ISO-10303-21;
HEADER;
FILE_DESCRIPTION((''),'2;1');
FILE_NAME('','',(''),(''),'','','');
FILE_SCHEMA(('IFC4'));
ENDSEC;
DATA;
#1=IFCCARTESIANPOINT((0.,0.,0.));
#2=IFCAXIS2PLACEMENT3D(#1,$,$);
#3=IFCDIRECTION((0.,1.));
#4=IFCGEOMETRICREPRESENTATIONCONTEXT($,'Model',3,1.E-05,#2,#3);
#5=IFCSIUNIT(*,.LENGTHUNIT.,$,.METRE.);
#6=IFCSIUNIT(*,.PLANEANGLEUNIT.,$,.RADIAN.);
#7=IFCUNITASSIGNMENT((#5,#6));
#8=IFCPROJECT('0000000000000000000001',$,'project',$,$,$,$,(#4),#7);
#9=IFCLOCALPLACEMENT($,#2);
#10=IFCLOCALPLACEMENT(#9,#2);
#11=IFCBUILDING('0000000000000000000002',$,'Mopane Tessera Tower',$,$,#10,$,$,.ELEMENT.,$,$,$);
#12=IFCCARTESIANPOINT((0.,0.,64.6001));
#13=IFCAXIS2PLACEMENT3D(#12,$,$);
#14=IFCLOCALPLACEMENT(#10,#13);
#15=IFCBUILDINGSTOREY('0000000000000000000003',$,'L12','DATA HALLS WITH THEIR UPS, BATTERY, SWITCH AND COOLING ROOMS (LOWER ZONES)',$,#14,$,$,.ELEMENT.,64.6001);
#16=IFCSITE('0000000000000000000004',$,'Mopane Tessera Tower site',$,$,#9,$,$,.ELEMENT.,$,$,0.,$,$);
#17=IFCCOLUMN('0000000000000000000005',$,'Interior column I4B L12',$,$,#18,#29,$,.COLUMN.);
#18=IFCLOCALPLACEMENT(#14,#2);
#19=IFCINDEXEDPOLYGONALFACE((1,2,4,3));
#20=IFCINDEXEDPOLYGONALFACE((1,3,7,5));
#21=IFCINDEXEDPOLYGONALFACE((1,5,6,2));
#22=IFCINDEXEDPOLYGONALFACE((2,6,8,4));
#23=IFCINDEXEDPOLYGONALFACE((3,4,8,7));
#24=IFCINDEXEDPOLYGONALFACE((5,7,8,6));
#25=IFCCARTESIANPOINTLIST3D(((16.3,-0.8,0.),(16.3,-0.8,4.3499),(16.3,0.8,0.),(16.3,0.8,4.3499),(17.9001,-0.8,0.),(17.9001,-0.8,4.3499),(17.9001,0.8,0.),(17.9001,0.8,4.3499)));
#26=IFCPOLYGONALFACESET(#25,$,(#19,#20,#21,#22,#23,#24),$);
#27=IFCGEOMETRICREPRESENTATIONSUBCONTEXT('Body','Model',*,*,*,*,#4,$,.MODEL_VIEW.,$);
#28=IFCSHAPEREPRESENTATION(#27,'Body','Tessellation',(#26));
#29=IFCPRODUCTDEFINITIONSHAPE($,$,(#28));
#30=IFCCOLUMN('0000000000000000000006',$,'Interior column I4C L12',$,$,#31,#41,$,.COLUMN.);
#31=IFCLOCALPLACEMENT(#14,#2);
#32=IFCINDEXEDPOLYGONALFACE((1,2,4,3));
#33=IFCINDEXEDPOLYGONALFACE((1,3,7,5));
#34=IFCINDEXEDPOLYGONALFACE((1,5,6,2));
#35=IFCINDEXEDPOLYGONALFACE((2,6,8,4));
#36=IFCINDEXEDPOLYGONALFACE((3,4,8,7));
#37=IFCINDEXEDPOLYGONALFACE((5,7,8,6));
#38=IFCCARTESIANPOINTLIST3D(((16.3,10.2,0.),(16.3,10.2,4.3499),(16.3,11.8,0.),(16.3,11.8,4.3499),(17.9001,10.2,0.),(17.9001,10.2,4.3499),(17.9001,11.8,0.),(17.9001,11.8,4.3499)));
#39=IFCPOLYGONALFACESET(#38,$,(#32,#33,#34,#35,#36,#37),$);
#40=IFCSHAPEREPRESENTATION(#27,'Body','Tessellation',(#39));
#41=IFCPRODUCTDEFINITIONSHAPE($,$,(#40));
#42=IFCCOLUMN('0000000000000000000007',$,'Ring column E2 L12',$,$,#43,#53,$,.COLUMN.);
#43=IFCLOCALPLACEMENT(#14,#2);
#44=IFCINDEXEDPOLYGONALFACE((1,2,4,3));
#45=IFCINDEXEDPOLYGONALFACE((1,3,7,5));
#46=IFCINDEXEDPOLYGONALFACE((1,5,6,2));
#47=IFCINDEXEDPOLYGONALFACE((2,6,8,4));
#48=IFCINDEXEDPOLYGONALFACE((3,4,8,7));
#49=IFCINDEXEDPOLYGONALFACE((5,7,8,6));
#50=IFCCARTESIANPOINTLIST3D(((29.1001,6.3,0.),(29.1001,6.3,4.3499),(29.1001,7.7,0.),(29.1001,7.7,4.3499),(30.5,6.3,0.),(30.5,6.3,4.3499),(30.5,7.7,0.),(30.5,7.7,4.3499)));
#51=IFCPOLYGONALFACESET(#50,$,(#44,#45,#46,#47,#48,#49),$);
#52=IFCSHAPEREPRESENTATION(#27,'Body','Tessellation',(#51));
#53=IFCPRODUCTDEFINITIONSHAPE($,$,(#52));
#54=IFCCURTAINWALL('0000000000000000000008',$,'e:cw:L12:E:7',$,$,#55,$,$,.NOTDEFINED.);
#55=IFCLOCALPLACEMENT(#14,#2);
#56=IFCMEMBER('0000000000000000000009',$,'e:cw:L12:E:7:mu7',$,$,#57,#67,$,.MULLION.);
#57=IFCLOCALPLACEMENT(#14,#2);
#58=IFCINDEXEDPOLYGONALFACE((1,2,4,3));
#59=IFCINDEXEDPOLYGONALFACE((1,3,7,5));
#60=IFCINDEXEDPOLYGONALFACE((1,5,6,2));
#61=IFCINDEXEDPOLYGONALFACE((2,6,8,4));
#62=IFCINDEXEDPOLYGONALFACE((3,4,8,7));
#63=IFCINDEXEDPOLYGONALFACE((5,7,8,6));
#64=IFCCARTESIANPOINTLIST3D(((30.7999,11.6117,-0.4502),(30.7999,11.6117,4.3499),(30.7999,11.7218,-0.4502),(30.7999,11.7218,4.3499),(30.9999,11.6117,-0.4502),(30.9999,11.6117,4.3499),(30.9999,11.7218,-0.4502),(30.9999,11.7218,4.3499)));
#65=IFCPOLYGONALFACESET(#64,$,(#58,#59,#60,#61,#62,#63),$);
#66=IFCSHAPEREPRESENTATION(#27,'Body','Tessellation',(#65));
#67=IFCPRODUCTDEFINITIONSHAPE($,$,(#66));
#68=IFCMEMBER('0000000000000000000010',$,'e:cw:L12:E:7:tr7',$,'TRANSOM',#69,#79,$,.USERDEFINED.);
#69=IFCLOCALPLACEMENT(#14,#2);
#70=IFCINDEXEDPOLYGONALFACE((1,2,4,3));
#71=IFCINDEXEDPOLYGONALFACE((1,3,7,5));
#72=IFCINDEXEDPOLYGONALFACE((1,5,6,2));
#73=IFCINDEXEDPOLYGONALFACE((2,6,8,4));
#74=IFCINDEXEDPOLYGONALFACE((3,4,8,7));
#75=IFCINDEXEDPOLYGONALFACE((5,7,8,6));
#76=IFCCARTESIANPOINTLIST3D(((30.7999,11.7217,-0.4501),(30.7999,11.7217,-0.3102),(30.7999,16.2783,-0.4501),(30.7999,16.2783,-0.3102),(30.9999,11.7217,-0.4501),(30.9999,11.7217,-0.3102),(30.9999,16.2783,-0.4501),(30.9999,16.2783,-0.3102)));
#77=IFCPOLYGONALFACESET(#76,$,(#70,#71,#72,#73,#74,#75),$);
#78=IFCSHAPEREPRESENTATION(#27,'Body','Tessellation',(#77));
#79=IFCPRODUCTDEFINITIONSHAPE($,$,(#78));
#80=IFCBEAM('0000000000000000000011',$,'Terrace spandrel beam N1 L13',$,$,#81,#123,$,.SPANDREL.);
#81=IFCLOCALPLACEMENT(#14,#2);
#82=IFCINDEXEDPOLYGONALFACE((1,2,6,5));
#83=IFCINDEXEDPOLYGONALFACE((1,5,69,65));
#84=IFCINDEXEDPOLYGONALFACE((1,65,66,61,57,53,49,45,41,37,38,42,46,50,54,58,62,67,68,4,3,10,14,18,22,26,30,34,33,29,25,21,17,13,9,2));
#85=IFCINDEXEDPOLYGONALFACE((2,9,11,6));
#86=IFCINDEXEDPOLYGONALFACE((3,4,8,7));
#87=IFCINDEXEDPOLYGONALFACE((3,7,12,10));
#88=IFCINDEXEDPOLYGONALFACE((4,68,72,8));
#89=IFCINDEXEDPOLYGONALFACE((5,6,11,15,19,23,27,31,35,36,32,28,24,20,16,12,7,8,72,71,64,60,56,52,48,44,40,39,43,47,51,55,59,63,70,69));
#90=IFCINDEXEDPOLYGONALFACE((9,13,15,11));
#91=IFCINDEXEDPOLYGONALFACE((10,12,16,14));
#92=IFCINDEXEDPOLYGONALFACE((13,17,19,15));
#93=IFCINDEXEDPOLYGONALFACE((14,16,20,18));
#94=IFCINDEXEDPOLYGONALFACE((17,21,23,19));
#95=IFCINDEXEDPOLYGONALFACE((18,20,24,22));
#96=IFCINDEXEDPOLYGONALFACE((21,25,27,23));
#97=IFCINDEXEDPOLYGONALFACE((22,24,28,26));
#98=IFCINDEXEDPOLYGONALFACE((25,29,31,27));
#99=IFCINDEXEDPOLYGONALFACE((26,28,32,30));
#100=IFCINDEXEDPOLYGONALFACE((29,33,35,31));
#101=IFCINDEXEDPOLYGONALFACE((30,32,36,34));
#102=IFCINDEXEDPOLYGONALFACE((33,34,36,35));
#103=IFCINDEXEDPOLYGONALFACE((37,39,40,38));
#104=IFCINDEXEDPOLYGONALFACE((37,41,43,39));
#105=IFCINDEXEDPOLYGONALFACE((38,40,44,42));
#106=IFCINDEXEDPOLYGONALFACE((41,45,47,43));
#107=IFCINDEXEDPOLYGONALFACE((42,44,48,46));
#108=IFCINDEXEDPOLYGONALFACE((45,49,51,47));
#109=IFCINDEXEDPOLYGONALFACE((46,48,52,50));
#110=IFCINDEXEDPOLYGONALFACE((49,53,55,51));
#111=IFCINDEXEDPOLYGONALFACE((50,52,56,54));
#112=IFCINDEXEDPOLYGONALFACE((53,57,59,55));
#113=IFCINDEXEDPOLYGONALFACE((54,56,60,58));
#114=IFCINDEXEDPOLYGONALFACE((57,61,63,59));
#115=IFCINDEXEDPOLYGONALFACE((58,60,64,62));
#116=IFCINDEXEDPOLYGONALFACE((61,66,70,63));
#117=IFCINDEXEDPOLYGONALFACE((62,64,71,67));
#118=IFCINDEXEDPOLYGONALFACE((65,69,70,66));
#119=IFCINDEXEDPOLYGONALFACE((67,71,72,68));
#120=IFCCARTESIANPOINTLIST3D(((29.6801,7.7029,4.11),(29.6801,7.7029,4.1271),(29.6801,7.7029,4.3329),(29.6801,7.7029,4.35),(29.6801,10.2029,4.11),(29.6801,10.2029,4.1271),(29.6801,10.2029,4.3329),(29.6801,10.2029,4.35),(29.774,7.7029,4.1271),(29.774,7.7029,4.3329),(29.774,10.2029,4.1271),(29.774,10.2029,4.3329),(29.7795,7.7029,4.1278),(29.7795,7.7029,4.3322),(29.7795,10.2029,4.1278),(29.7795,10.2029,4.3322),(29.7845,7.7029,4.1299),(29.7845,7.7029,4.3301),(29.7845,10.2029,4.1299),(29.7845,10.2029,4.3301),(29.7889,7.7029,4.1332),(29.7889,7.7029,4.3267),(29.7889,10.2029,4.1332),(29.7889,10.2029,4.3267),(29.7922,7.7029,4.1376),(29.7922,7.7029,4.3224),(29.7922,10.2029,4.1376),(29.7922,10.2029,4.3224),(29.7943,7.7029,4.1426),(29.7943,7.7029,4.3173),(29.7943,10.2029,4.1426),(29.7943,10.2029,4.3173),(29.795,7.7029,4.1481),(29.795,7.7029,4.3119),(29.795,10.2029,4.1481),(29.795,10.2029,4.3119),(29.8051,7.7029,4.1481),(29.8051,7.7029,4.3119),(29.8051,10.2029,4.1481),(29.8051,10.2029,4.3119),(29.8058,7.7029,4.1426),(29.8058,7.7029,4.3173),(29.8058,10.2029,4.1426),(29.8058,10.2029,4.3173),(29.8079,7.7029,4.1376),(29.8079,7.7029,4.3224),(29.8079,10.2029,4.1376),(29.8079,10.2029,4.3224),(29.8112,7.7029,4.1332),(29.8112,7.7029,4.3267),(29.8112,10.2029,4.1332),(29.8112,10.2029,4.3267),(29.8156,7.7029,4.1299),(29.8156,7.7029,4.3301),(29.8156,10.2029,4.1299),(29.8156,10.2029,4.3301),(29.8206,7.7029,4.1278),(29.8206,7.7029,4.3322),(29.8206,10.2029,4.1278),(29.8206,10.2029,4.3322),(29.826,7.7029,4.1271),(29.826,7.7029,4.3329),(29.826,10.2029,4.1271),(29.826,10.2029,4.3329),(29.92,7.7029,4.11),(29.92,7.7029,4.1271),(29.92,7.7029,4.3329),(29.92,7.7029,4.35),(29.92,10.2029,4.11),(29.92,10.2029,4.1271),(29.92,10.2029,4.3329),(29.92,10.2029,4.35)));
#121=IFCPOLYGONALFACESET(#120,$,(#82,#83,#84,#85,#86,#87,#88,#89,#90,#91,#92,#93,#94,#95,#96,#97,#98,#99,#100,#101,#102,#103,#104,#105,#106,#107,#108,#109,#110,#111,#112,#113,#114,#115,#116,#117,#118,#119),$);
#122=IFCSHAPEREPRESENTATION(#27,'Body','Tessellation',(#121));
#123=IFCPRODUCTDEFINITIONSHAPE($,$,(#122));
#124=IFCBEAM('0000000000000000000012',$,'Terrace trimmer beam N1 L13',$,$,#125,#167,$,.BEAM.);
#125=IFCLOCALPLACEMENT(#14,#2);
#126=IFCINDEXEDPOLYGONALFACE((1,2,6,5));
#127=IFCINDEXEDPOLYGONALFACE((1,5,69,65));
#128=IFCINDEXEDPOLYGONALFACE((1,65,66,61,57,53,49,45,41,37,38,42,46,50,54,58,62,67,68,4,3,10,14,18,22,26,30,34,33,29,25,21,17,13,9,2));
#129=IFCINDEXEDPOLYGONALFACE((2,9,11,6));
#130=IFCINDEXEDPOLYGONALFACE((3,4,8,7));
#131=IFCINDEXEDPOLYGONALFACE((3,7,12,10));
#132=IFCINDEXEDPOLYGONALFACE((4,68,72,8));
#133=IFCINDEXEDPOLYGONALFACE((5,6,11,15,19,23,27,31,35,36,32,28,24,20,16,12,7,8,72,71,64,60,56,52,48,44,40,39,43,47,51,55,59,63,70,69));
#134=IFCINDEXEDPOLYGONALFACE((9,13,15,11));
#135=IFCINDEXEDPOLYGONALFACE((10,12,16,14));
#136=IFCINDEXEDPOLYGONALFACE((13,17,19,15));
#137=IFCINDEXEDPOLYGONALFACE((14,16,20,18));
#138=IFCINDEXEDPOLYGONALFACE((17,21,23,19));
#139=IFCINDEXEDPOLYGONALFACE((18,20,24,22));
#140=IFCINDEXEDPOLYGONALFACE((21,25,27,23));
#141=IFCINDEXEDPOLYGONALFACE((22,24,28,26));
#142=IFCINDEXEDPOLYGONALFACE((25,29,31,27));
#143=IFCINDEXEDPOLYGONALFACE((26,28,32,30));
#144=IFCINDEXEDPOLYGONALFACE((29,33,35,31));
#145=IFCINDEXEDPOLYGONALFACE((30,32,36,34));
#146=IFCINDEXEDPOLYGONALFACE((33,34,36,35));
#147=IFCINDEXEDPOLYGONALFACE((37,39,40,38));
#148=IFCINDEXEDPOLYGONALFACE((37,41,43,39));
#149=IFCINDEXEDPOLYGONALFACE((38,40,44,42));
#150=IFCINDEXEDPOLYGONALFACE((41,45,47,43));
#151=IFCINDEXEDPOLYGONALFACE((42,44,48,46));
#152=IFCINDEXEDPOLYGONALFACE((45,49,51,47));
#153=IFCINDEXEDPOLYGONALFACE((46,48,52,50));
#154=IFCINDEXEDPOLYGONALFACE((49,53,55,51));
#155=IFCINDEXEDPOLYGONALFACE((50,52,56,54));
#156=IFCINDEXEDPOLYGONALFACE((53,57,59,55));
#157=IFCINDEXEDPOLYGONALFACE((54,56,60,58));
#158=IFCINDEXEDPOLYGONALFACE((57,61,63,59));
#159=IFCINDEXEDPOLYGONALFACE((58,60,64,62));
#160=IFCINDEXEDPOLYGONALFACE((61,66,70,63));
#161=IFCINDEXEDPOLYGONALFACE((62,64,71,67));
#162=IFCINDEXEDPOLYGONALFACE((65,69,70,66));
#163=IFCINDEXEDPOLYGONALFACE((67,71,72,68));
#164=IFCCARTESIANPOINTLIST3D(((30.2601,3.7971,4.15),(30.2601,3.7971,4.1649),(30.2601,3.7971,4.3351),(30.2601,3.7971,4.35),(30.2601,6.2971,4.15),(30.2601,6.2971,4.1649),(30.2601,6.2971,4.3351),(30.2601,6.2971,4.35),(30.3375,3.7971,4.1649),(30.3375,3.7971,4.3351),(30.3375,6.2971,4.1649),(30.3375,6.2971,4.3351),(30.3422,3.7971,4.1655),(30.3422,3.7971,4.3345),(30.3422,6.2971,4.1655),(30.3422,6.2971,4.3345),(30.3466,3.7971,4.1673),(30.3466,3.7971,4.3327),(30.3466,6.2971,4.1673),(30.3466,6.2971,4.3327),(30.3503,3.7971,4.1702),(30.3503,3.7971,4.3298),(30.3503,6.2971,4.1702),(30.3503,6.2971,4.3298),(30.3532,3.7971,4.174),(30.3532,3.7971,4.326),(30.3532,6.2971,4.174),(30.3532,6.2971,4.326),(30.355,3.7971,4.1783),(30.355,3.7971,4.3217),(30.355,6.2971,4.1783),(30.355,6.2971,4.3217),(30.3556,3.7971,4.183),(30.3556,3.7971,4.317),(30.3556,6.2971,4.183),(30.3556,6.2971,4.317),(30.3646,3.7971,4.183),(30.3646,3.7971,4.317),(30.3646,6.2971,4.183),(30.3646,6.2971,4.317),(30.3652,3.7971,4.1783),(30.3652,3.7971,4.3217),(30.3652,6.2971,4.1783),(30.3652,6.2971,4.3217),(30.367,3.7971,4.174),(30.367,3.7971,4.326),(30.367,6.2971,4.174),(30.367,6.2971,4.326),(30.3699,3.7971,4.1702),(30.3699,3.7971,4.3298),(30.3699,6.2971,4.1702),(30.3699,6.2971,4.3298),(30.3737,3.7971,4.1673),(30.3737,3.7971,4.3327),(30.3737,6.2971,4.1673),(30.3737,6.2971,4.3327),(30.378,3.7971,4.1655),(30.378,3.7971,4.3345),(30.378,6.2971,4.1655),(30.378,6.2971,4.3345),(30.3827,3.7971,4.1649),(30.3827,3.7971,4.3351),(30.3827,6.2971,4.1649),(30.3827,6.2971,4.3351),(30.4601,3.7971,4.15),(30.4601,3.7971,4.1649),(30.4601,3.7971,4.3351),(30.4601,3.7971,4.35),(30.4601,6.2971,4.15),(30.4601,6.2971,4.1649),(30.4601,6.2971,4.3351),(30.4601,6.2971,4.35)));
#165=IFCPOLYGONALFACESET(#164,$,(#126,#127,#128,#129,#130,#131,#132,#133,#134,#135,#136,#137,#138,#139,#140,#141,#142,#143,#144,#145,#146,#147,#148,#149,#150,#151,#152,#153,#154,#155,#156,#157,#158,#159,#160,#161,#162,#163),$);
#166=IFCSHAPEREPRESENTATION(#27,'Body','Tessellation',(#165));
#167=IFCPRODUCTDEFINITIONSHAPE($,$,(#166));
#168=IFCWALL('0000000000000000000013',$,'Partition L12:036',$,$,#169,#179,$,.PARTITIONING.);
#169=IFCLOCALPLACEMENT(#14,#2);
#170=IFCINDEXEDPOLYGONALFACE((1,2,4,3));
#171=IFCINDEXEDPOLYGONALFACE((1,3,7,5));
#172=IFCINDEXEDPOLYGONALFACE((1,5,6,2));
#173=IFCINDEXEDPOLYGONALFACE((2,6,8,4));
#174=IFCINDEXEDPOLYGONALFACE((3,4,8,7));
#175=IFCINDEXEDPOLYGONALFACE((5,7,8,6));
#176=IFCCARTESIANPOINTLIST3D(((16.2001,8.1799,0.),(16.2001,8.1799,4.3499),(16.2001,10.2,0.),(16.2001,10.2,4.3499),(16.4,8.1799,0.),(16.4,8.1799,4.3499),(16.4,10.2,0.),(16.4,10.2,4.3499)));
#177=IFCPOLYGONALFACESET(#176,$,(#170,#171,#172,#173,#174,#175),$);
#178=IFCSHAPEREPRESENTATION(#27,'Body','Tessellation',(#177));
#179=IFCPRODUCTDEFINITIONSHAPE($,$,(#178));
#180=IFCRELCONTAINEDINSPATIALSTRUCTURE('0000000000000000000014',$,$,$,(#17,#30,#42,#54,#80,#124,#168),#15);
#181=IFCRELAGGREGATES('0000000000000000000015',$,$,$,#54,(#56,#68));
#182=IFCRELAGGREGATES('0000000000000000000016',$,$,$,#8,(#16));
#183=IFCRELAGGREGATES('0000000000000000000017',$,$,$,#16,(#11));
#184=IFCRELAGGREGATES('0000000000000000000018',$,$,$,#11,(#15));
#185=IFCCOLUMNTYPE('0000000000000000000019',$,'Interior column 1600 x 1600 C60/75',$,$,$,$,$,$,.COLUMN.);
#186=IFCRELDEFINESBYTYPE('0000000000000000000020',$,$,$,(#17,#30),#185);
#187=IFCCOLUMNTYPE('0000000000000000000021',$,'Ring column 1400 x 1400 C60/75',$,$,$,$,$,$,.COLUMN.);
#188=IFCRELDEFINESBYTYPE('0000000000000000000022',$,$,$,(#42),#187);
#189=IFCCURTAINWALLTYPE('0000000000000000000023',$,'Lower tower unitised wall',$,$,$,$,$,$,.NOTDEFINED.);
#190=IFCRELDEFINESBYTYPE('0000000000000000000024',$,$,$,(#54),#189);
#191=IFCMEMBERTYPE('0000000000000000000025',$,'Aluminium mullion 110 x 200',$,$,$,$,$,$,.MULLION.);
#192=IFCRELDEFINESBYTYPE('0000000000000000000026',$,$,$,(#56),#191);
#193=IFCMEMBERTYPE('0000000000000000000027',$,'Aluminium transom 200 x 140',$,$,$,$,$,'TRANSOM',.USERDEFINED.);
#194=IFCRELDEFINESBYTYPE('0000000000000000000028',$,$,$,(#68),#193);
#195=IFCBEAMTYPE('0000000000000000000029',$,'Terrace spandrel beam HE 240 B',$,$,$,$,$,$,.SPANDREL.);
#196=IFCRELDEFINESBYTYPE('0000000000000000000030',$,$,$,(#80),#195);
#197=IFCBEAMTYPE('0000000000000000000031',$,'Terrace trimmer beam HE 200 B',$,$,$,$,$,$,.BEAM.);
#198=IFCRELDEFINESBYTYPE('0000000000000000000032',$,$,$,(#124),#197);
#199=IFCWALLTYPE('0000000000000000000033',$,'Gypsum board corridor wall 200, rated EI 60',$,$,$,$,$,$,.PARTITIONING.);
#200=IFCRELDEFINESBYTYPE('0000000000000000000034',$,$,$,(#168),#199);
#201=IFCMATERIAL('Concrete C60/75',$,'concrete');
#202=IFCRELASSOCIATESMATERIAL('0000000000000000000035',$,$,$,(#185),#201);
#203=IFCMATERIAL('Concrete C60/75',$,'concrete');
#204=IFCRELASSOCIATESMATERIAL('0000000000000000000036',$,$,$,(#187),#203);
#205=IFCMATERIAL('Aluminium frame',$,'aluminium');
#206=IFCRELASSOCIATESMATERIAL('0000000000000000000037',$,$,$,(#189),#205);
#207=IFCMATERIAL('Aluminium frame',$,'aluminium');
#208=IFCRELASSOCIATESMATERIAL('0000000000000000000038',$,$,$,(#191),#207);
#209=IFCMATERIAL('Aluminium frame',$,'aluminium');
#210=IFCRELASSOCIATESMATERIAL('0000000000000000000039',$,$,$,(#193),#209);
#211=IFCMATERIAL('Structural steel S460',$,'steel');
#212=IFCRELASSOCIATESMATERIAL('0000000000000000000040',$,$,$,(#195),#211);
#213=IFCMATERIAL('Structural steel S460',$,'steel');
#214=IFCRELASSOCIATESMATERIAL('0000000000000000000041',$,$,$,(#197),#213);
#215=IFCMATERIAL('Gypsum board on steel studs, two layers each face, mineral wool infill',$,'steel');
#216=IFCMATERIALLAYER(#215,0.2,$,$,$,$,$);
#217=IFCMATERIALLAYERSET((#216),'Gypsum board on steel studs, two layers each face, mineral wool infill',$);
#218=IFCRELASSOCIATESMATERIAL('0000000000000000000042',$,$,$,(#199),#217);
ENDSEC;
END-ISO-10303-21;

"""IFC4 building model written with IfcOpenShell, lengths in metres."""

from ifc_helpers import new_model, si_unit, direction, frame, frame_2d, origin, origin_2d, place, context, subcontext, project, spatial, rectangle, i_section, extrude, material, layer, layer_set, material_profile, profile_set, type_object, element, aggregate, save


model = new_model("IFC4")

# Units and contexts
model_context = context("Model", 3, precision=1e-05, world=origin(), true_north=direction((0.0, 1.0)))
body_context = subcontext(model_context, "Body", "Model", "MODEL_VIEW")
ifc_project = project(units=[si_unit("LENGTHUNIT", "METRE"), si_unit("PLANEANGLEUNIT", "RADIAN")], contexts=[model_context])

# Site, building, storey
site_placement = place(None, origin())
site = spatial("IfcSite", under=ifc_project, at=site_placement, Name="Mopane Tessera Tower site", CompositionType="ELEMENT", RefElevation=0.0)
building_placement = place(site_placement, origin())
building = spatial("IfcBuilding", under=site, at=building_placement, Name="Mopane Tessera Tower", CompositionType="ELEMENT")
storey_placement = place(building_placement, frame((0.0, 0.0, 64.6001)))
storey = spatial("IfcBuildingStorey", under=building, at=storey_placement, Name="L12", Description="DATA HALLS WITH THEIR UPS, BATTERY, SWITCH AND COOLING ROOMS (LOWER ZONES)", CompositionType="ELEMENT", Elevation=64.6001)

# Columns
ifc_material_1 = material(Name="Concrete C60/75", Category="concrete")
ifc_material_profile_1 = material_profile(ifc_material_1, rectangle(XDim=1.6001, YDim=1.6001, at=origin_2d()))
ifc_profile_set_1 = profile_set([ifc_material_profile_1], Name="Concrete C60/75")
column_type_1 = type_object("IfcColumnType", Name="Interior column 1600 x 1600 C60/75", PredefinedType="COLUMN", material=ifc_profile_set_1)
for number, where, z_axis, x_axis, name in (
    (1, (17.1001, 0.0, 0.0), (0.0, 0.0, 1.0), (1.0, 0.0, 0.0), "Interior column I4B L12"),
    (2, (17.1001, 11.0, 0.0), (0.0, 0.0, 1.0), (1.0, 0.0, 0.0), "Interior column I4C L12"),
):
    element("IfcColumn", number, at=place(storey_placement, frame(where, z_axis=z_axis, x_axis=x_axis)), inside=storey, type_object=column_type_1, Name=name, PredefinedType="COLUMN", context=body_context, shape_type="SweptSolid", body=[
        extrude(rectangle(XDim=1.6001, YDim=1.6001, at=origin_2d()), origin(), (0.0, 0.0, 1.0), 4.3499),
    ])
ifc_material_2 = material(Name="Concrete C60/75", Category="concrete")
ifc_material_profile_2 = material_profile(ifc_material_2, rectangle(XDim=1.3999, YDim=1.3999, at=origin_2d()))
ifc_profile_set_2 = profile_set([ifc_material_profile_2], Name="Concrete C60/75")
column_type_2 = type_object("IfcColumnType", Name="Ring column 1400 x 1400 C60/75", PredefinedType="COLUMN", material=ifc_profile_set_2)
column_placement = place(storey_placement, frame((29.8, 7.0, 0.0), z_axis=(0.0, 0.0, 1.0), x_axis=(1.0, 0.0, 0.0)))
element("IfcColumn", 3, at=column_placement, inside=storey, type_object=column_type_2, Name="Ring column E2 L12", PredefinedType="COLUMN", context=body_context, shape_type="SweptSolid", body=[
    extrude(rectangle(XDim=1.3999, YDim=1.3999, at=origin_2d()), origin(), (0.0, 0.0, 1.0), 4.3499),
])

# Curtain wall, members
ifc_material_3 = material(Name="Aluminium frame", Category="aluminium")
curtain_wall_type = type_object("IfcCurtainWallType", Name="Lower tower unitised wall", PredefinedType="NOTDEFINED", material=ifc_material_3)
curtain_wall_placement = place(storey_placement, origin())
curtain_wall = element("IfcCurtainWall", 4, at=curtain_wall_placement, inside=storey, type_object=curtain_wall_type, Name="e:cw:L12:E:7", PredefinedType="NOTDEFINED")
ifc_material_4 = material(Name="Aluminium frame", Category="aluminium")
ifc_material_profile_3 = material_profile(ifc_material_4, rectangle(XDim=0.1101, YDim=0.2, at=origin_2d()))
ifc_profile_set_3 = profile_set([ifc_material_profile_3], Name="Aluminium frame")
member_type_1 = type_object("IfcMemberType", Name="Aluminium mullion 110 x 200", PredefinedType="MULLION", material=ifc_profile_set_3)
member_1_placement = place(storey_placement, frame((30.8999, 11.6667, -0.4502), z_axis=(0.0, 0.0, 1.0), x_axis=(0.0, 1.0, 0.0)))
member_1 = element("IfcMember", 5, at=member_1_placement, type_object=member_type_1, Name="e:cw:L12:E:7:mu7", PredefinedType="MULLION", context=body_context, shape_type="SweptSolid", body=[
    extrude(rectangle(XDim=0.1101, YDim=0.2, at=origin_2d()), origin(), (0.0, 0.0, 1.0), 4.8),
])
ifc_material_5 = material(Name="Aluminium frame", Category="aluminium")
ifc_material_profile_4 = material_profile(ifc_material_5, rectangle(XDim=0.2, YDim=0.1399, at=origin_2d()))
ifc_profile_set_4 = profile_set([ifc_material_profile_4], Name="Aluminium frame")
member_type_2 = type_object("IfcMemberType", Name="Aluminium transom 200 x 140", ElementType="TRANSOM", PredefinedType="USERDEFINED", material=ifc_profile_set_4)
member_2_placement = place(storey_placement, frame((30.8999, 11.7217, -0.3801), z_axis=(0.0, 1.0, 0.0), x_axis=(-1.0, 0.0, 0.0)))
member_2 = element("IfcMember", 6, at=member_2_placement, type_object=member_type_2, Name="e:cw:L12:E:7:tr7", ObjectType="TRANSOM", PredefinedType="USERDEFINED", context=body_context, shape_type="SweptSolid", body=[
    extrude(rectangle(XDim=0.2, YDim=0.1399, at=origin_2d()), origin(), (0.0, 0.0, 1.0), 4.5566),
])
aggregate(curtain_wall, [member_1, member_2])

# Beams
ifc_material_6 = material(Name="Structural steel S460", Category="steel")
ifc_material_profile_5 = material_profile(ifc_material_6, i_section(OverallWidth=0.24, OverallDepth=0.24, WebThickness=0.01, FlangeThickness=0.0171, FilletRadius=0.021, at=origin_2d()))
ifc_profile_set_5 = profile_set([ifc_material_profile_5], Name="Structural steel S460")
beam_type_1 = type_object("IfcBeamType", Name="Terrace spandrel beam HE 240 B", PredefinedType="SPANDREL", material=ifc_profile_set_5)
beam_1_placement = place(storey_placement, frame((29.8, 7.7029, 4.23), z_axis=(0.0, 1.0, 0.0), x_axis=(-1.0, 0.0, 0.0)))
element("IfcBeam", 7, at=beam_1_placement, inside=storey, type_object=beam_type_1, Name="Terrace spandrel beam N1 L13", PredefinedType="SPANDREL", context=body_context, shape_type="SweptSolid", body=[
    extrude(i_section(OverallWidth=0.24, OverallDepth=0.24, WebThickness=0.01, FlangeThickness=0.0171, FilletRadius=0.021, at=origin_2d()), origin(), (0.0, 0.0, 1.0), 2.5),
])
ifc_material_7 = material(Name="Structural steel S460", Category="steel")
ifc_material_profile_6 = material_profile(ifc_material_7, i_section(OverallWidth=0.2, OverallDepth=0.2, WebThickness=0.009, FlangeThickness=0.0149, FilletRadius=0.0181, at=origin_2d()))
ifc_profile_set_6 = profile_set([ifc_material_profile_6], Name="Structural steel S460")
beam_type_2 = type_object("IfcBeamType", Name="Terrace trimmer beam HE 200 B", PredefinedType="BEAM", material=ifc_profile_set_6)
beam_2_placement = place(storey_placement, frame((30.3601, 6.2971, 4.25), z_axis=(0.0, -1.0, 0.0), x_axis=(1.0, 0.0, 0.0)))
element("IfcBeam", 8, at=beam_2_placement, inside=storey, type_object=beam_type_2, Name="Terrace trimmer beam N1 L13", PredefinedType="BEAM", context=body_context, shape_type="SweptSolid", body=[
    extrude(i_section(OverallWidth=0.2, OverallDepth=0.2, WebThickness=0.009, FlangeThickness=0.0149, FilletRadius=0.0181, at=origin_2d()), origin(), (0.0, 0.0, 1.0), 2.5),
])

# Wall
ifc_material_8 = material(Name="Gypsum board on steel studs, two layers each face, mineral wool infill", Category="steel")
ifc_layer_1 = layer(ifc_material_8, 0.2)
ifc_layer_set_1 = layer_set([ifc_layer_1], Name="Gypsum board on steel studs, two layers each face, mineral wool infill")
wall_type_1 = type_object("IfcWallType", Name="Gypsum board corridor wall 200, rated EI 60", PredefinedType="PARTITIONING", material=ifc_layer_set_1)
wall_1_placement = place(storey_placement, frame((16.3, 8.1799, 0.0), z_axis=(0.0, 0.0, 1.0), x_axis=(0.0, 1.0, 0.0)))
element("IfcWall", 9, at=wall_1_placement, inside=storey, type_object=wall_type_1, Name="Partition L12:036", PredefinedType="PARTITIONING", context=body_context, shape_type="SweptSolid", body=[
    extrude(rectangle(XDim=2.02, YDim=0.2, at=frame_2d((1.01, 0.0))), origin(), (0.0, 0.0, 1.0), 4.3499),
])

save(model, "model.ifc")
